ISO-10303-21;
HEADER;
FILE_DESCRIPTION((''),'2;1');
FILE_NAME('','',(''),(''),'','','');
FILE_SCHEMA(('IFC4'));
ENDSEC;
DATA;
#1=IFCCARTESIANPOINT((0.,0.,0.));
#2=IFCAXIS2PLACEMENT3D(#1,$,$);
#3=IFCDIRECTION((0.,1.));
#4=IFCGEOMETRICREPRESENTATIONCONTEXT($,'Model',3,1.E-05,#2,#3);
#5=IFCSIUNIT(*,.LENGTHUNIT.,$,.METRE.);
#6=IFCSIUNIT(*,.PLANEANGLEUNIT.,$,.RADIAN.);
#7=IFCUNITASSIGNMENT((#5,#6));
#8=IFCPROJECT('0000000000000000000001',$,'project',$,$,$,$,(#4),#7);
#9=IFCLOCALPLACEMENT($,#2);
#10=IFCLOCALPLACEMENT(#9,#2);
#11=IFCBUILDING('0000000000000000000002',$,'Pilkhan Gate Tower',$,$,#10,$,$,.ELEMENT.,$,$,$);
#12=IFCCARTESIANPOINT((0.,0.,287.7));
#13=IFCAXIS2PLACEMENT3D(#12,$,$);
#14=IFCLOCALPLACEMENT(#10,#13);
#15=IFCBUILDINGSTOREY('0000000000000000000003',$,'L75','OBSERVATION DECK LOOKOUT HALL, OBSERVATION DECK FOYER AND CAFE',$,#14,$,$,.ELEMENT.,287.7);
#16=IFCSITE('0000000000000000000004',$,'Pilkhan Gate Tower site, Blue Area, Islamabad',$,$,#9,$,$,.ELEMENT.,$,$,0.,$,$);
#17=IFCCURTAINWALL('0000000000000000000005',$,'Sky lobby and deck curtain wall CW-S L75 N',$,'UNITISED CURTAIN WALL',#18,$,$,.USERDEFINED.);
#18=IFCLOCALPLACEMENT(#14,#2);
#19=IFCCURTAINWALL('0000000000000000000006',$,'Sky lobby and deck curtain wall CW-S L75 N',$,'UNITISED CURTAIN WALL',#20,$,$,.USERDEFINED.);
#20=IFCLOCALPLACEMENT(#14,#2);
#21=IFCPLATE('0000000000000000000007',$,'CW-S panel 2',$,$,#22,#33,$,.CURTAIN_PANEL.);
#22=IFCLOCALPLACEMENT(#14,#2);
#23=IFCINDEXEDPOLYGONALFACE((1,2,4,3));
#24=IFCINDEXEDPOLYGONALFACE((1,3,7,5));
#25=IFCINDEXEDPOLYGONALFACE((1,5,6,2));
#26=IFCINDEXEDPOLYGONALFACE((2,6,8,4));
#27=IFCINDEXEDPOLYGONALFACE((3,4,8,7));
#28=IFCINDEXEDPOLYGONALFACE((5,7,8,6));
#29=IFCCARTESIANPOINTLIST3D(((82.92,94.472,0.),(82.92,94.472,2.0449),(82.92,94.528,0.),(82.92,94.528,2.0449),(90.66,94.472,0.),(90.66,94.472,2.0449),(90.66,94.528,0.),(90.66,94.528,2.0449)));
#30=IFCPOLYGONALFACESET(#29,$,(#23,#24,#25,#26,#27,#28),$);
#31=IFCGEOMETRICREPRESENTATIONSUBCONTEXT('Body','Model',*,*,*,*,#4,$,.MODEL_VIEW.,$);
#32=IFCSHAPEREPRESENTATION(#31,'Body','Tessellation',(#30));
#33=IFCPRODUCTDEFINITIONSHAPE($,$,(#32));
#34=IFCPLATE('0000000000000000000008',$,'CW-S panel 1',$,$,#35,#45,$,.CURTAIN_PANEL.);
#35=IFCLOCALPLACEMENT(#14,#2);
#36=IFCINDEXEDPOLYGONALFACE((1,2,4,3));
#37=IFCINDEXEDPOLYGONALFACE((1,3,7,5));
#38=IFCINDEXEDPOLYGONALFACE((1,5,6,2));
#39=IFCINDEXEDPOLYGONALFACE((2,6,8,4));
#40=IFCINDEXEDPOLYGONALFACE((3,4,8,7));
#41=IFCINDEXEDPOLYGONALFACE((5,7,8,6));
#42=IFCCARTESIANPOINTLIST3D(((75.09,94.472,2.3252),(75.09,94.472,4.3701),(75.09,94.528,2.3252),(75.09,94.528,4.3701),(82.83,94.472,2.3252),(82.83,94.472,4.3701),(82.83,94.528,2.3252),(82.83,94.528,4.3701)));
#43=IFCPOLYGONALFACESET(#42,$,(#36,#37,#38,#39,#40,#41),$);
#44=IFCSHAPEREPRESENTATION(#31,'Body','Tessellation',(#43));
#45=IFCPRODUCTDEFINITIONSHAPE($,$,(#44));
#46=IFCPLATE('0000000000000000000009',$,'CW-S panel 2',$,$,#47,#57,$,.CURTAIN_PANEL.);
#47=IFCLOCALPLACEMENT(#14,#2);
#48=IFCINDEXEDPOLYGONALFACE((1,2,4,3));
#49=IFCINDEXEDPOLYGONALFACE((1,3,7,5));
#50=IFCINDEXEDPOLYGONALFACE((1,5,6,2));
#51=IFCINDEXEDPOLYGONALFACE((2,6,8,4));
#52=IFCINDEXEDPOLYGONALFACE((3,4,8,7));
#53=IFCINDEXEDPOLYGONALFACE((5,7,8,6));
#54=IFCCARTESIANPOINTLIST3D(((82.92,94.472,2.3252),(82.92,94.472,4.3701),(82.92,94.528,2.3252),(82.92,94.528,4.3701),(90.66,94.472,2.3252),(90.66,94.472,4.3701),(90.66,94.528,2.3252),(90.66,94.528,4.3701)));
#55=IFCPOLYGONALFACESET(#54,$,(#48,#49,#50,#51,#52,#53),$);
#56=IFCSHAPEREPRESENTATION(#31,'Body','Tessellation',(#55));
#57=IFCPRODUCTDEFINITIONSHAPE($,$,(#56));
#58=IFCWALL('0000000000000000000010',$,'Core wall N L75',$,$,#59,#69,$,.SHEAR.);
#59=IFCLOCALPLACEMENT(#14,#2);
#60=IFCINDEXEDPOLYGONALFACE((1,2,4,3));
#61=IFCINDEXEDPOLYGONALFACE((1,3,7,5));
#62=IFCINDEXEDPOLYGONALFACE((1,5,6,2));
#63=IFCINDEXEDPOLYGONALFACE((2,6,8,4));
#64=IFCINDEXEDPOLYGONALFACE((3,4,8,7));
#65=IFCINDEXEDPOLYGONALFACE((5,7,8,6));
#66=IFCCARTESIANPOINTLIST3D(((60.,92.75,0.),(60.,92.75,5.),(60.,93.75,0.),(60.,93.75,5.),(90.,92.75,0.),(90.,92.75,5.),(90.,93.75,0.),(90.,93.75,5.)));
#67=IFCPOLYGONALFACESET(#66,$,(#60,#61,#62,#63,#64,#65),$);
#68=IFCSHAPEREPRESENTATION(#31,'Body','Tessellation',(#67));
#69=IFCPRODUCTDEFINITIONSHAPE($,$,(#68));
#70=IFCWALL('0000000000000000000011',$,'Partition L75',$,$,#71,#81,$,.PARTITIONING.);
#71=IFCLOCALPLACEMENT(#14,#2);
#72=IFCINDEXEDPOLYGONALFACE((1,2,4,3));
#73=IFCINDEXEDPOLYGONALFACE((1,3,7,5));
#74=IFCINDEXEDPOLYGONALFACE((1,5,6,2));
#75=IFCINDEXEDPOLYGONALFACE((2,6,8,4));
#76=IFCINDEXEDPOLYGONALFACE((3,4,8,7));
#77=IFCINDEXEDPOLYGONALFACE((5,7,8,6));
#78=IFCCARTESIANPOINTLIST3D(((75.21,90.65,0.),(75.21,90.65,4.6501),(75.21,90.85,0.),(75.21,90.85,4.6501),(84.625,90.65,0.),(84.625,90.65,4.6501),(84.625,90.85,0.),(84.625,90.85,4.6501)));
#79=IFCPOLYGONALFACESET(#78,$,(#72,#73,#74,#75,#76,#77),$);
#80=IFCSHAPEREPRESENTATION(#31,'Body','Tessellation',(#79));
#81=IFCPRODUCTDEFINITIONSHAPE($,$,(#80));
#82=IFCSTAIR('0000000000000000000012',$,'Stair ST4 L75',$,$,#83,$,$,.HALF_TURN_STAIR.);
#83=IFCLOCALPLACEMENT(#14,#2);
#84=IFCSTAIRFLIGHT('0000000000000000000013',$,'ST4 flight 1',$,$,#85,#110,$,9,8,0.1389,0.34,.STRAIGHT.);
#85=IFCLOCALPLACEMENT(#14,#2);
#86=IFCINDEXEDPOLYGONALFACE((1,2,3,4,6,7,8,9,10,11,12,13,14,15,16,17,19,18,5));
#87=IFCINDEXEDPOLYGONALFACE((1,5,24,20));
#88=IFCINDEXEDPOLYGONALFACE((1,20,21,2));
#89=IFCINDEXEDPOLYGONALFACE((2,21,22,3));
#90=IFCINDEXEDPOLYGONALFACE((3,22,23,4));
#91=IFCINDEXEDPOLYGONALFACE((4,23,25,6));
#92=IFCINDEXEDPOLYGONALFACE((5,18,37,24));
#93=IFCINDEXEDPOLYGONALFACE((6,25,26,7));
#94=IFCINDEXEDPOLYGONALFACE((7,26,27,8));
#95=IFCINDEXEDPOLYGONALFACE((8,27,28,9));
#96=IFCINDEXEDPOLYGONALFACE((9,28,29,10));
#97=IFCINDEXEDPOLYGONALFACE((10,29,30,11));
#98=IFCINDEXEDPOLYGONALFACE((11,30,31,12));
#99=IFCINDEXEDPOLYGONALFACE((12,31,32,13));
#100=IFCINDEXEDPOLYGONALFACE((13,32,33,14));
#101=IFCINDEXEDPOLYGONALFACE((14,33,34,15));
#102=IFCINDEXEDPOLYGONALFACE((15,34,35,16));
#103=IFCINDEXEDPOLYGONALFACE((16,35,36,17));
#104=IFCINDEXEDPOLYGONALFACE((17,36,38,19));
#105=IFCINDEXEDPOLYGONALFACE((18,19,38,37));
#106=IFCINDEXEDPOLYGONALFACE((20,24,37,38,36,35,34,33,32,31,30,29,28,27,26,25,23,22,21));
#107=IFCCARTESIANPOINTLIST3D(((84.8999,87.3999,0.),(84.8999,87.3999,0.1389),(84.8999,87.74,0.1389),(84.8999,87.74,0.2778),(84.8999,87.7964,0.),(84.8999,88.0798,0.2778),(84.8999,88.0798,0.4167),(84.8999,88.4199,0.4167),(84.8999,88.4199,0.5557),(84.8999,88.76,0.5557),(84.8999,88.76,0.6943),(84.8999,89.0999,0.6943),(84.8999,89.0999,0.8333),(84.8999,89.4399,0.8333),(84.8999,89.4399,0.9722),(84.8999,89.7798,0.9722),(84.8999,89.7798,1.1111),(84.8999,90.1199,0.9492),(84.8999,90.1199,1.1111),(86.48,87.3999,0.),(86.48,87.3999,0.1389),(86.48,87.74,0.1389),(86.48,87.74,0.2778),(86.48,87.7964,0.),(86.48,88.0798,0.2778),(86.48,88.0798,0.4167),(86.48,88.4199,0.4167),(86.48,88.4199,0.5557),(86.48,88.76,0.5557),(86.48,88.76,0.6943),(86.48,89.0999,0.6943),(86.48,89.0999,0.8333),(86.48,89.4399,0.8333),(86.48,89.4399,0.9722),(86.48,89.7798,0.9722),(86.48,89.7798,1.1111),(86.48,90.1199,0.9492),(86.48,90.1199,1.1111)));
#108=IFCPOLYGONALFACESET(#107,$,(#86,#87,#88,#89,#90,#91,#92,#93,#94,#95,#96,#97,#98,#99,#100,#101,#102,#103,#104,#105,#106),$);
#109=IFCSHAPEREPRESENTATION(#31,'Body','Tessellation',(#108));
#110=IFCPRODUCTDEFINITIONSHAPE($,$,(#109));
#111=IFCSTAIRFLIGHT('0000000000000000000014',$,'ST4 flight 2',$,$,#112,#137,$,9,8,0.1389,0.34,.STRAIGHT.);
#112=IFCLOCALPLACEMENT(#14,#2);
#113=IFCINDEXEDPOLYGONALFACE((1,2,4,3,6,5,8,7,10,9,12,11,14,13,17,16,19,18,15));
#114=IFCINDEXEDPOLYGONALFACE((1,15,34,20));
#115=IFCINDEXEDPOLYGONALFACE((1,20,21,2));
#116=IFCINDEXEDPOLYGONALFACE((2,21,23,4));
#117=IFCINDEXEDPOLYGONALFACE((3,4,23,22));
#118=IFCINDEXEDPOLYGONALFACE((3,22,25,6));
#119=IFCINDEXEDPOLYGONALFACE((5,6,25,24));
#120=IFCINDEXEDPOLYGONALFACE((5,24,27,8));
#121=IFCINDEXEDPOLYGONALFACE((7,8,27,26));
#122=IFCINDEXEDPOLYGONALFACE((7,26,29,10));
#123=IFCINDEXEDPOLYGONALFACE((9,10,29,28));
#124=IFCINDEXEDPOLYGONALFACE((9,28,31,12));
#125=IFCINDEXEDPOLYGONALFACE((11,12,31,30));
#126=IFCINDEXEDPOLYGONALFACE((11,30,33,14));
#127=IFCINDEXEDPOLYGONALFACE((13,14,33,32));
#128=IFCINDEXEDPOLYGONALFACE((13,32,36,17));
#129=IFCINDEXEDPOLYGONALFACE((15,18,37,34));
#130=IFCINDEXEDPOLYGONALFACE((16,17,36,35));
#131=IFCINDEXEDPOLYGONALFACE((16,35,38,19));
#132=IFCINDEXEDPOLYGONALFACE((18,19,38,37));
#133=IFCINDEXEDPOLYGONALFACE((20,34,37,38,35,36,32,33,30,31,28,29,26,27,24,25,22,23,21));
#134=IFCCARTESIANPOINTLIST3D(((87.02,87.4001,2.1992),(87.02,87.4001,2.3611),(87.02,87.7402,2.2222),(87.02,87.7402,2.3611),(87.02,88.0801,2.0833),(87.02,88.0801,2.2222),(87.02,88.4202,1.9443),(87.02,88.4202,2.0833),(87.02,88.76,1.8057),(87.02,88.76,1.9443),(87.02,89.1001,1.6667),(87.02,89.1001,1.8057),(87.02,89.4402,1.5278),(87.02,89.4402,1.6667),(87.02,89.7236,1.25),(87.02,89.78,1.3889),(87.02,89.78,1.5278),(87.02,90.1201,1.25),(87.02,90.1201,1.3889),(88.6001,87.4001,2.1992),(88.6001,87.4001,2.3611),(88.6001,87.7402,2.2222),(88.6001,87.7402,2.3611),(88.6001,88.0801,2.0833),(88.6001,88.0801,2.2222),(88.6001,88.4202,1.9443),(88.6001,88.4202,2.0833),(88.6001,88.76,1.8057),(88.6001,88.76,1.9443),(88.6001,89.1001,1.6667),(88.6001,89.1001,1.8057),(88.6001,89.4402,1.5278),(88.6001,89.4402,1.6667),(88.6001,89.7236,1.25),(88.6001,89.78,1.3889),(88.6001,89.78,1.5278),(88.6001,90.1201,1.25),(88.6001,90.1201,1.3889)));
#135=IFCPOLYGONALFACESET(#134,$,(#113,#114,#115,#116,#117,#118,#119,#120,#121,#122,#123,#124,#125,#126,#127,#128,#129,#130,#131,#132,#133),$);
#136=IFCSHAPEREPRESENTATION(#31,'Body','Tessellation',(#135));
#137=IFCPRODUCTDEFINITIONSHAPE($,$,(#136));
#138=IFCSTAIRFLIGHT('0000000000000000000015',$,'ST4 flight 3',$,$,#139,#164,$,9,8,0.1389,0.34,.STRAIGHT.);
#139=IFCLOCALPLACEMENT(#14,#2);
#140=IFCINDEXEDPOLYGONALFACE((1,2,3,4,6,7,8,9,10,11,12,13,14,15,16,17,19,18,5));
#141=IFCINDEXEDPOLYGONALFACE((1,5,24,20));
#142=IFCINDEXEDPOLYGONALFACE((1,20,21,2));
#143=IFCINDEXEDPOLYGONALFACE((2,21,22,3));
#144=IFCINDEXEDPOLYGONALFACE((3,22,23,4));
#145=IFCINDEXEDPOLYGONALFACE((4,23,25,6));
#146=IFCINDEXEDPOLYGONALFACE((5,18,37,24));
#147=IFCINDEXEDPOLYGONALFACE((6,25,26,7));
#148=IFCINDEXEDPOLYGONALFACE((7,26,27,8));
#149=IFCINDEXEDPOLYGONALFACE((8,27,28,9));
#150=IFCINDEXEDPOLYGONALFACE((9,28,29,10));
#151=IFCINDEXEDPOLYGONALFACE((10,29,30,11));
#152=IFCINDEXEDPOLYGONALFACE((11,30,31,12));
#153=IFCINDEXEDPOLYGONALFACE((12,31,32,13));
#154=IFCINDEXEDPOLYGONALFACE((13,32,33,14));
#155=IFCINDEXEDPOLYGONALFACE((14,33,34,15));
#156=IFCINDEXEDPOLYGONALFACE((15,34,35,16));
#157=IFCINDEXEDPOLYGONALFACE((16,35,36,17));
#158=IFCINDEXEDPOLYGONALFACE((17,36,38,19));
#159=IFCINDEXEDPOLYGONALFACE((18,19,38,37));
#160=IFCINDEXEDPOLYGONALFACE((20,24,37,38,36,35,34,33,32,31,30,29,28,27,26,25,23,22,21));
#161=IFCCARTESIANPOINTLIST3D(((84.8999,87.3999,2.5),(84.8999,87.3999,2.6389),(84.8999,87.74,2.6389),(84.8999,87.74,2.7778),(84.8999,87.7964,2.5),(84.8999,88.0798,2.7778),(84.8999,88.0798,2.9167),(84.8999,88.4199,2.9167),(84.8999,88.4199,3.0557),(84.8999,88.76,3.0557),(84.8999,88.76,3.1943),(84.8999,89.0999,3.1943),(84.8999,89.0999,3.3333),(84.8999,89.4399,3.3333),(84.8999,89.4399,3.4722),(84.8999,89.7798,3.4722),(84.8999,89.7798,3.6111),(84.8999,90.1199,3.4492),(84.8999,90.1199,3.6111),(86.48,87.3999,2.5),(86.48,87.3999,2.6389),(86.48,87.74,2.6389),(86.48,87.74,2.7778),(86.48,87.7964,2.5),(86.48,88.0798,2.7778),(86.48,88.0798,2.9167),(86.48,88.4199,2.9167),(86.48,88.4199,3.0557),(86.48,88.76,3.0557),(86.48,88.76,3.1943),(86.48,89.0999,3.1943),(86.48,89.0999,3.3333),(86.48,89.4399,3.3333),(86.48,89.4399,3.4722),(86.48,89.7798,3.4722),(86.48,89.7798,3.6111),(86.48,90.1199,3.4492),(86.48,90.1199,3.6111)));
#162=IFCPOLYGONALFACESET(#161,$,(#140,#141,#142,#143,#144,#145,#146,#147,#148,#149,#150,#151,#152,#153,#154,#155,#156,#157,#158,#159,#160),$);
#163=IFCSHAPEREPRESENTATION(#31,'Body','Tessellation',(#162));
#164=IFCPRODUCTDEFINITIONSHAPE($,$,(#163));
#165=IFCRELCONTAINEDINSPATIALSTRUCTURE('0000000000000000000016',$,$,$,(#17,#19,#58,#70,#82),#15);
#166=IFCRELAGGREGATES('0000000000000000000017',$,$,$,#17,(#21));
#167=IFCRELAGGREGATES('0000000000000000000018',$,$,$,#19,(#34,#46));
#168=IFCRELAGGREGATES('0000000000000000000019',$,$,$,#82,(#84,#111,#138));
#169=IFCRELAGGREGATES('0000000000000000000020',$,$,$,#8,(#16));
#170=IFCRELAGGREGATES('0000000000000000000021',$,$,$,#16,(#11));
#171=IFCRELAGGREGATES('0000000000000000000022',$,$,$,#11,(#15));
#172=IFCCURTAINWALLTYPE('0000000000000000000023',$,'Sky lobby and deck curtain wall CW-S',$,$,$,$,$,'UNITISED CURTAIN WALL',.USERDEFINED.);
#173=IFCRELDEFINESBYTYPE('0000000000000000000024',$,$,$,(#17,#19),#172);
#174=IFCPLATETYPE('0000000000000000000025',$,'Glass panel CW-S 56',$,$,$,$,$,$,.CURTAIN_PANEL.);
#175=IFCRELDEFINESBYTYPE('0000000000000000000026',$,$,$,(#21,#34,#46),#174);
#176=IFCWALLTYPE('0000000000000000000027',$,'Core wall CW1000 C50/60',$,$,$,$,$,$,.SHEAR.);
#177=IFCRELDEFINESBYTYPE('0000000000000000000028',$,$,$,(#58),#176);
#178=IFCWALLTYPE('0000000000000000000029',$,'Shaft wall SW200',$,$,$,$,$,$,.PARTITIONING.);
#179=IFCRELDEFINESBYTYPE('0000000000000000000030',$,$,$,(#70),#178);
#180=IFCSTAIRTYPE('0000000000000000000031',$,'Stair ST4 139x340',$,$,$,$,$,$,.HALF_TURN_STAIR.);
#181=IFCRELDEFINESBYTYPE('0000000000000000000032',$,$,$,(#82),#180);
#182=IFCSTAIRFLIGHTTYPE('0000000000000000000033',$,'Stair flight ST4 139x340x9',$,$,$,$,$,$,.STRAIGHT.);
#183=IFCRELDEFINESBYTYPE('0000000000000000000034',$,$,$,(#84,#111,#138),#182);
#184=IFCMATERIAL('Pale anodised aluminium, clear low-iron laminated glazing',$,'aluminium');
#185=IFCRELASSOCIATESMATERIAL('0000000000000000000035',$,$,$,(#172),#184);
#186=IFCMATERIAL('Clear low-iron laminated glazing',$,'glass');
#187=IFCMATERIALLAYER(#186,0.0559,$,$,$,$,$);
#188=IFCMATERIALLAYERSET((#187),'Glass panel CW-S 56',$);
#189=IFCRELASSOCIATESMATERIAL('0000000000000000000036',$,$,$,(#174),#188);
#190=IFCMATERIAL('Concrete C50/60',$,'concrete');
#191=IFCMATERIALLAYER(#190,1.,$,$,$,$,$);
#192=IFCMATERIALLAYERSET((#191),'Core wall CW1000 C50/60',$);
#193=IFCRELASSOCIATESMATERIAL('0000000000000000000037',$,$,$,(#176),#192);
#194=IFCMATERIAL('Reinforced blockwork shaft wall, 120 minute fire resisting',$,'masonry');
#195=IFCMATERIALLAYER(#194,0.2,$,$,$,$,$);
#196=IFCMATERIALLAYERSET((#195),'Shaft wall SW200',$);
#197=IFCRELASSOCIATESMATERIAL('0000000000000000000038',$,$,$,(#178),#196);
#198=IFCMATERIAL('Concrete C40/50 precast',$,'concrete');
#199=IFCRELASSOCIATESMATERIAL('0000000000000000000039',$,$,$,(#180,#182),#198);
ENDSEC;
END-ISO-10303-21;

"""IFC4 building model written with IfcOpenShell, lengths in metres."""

from ifc_helpers import new_model, si_unit, direction, frame, frame_2d, origin, origin_2d, place, context, subcontext, project, spatial, polyline, rectangle, outline, extrude, material, layer, layer_set, type_object, element, aggregate, save


model = new_model("IFC4")

# Units and contexts
model_context = context("Model", 3, precision=1e-05, world=origin(), true_north=direction((0.0, 1.0)))
body_context = subcontext(model_context, "Body", "Model", "MODEL_VIEW")
ifc_project = project(units=[si_unit("LENGTHUNIT", "METRE"), si_unit("PLANEANGLEUNIT", "RADIAN")], contexts=[model_context])

# Site, building, storey
site_placement = place(None, origin())
site = spatial("IfcSite", under=ifc_project, at=site_placement, Name="Pilkhan Gate Tower site, Blue Area, Islamabad", CompositionType="ELEMENT", RefElevation=0.0)
building_placement = place(site_placement, origin())
building = spatial("IfcBuilding", under=site, at=building_placement, Name="Pilkhan Gate Tower", CompositionType="ELEMENT")
storey_placement = place(building_placement, frame((0.0, 0.0, 287.7)))
storey = spatial("IfcBuildingStorey", under=building, at=storey_placement, Name="L75", Description="OBSERVATION DECK LOOKOUT HALL, OBSERVATION DECK FOYER AND CAFE", CompositionType="ELEMENT", Elevation=287.7)

# Shared definitions
ifc_material_1 = material(Name="Pale anodised aluminium, clear low-iron laminated glazing", Category="aluminium")
curtain_wall_type = type_object("IfcCurtainWallType", Name="Sky lobby and deck curtain wall CW-S", ElementType="UNITISED CURTAIN WALL", PredefinedType="USERDEFINED", material=ifc_material_1)

# Curtain walls
curtain_wall_1_placement = place(storey_placement, origin())
curtain_wall_1 = element("IfcCurtainWall", 1, at=curtain_wall_1_placement, inside=storey, type_object=curtain_wall_type, Name="Sky lobby and deck curtain wall CW-S L75 N", ObjectType="UNITISED CURTAIN WALL", PredefinedType="USERDEFINED")
curtain_wall_2_placement = place(storey_placement, origin())
curtain_wall_2 = element("IfcCurtainWall", 2, at=curtain_wall_2_placement, inside=storey, type_object=curtain_wall_type, Name="Sky lobby and deck curtain wall CW-S L75 N", ObjectType="UNITISED CURTAIN WALL", PredefinedType="USERDEFINED")

# Plates
ifc_material_2 = material(Name="Clear low-iron laminated glazing", Category="glass")
ifc_layer_1 = layer(ifc_material_2, 0.0559)
ifc_layer_set_1 = layer_set([ifc_layer_1], Name="Glass panel CW-S 56")
plate_type = type_object("IfcPlateType", Name="Glass panel CW-S 56", PredefinedType="CURTAIN_PANEL", material=ifc_layer_set_1)
plate_1_placement = place(storey_placement, frame((86.79, 94.5, 0.0), z_axis=(0.0, 0.0, 1.0), x_axis=(1.0, 0.0, 0.0)))
plate_1 = element("IfcPlate", 3, at=plate_1_placement, type_object=plate_type, Name="CW-S panel 2", PredefinedType="CURTAIN_PANEL", context=body_context, shape_type="SweptSolid", body=[
    extrude(rectangle(XDim=7.74, YDim=0.0559, at=origin_2d()), origin(), (0.0, 0.0, 1.0), 2.0449),
])
aggregate(curtain_wall_1, [plate_1])
plate_2_placement = place(storey_placement, frame((78.96, 94.5, 2.3252), z_axis=(0.0, 0.0, 1.0), x_axis=(1.0, 0.0, 0.0)))
plate_2 = element("IfcPlate", 4, at=plate_2_placement, type_object=plate_type, Name="CW-S panel 1", PredefinedType="CURTAIN_PANEL", context=body_context, shape_type="SweptSolid", body=[
    extrude(rectangle(XDim=7.74, YDim=0.0559, at=origin_2d()), origin(), (0.0, 0.0, 1.0), 2.0449),
])
plate_3_placement = place(storey_placement, frame((86.79, 94.5, 2.3252), z_axis=(0.0, 0.0, 1.0), x_axis=(1.0, 0.0, 0.0)))
plate_3 = element("IfcPlate", 5, at=plate_3_placement, type_object=plate_type, Name="CW-S panel 2", PredefinedType="CURTAIN_PANEL", context=body_context, shape_type="SweptSolid", body=[
    extrude(rectangle(XDim=7.74, YDim=0.0559, at=origin_2d()), origin(), (0.0, 0.0, 1.0), 2.0449),
])
aggregate(curtain_wall_2, [plate_2, plate_3])

# Walls
ifc_material_3 = material(Name="Concrete C50/60", Category="concrete")
ifc_layer_2 = layer(ifc_material_3, 1.0)
ifc_layer_set_2 = layer_set([ifc_layer_2], Name="Core wall CW1000 C50/60")
wall_type_1 = type_object("IfcWallType", Name="Core wall CW1000 C50/60", PredefinedType="SHEAR", material=ifc_layer_set_2)
wall_1_placement = place(storey_placement, frame((90.0, 93.25, 0.0), z_axis=(0.0, 0.0, 1.0), x_axis=(-1.0, 0.0, 0.0)))
element("IfcWall", 6, at=wall_1_placement, inside=storey, type_object=wall_type_1, Name="Core wall N L75", PredefinedType="SHEAR", context=body_context, shape_type="SweptSolid", body=[
    extrude(rectangle(XDim=30.0, YDim=1.0, at=frame_2d((15.0, 0.0))), origin(), (0.0, 0.0, 1.0), 5.0),
])
ifc_material_4 = material(Name="Reinforced blockwork shaft wall, 120 minute fire resisting", Category="masonry")
ifc_layer_3 = layer(ifc_material_4, 0.2)
ifc_layer_set_3 = layer_set([ifc_layer_3], Name="Shaft wall SW200")
wall_type_2 = type_object("IfcWallType", Name="Shaft wall SW200", PredefinedType="PARTITIONING", material=ifc_layer_set_3)
wall_2_placement = place(storey_placement, frame((75.21, 90.75, 0.0), z_axis=(0.0, 0.0, 1.0), x_axis=(1.0, 0.0, 0.0)))
element("IfcWall", 7, at=wall_2_placement, inside=storey, type_object=wall_type_2, Name="Partition L75", PredefinedType="PARTITIONING", context=body_context, shape_type="SweptSolid", body=[
    extrude(rectangle(XDim=9.415, YDim=0.2, at=frame_2d((4.7075, 0.0))), origin(), (0.0, 0.0, 1.0), 4.6501),
])

# Stair, stair flights
ifc_material_5 = material(Name="Concrete C40/50 precast", Category="concrete")
stair_type = type_object("IfcStairType", Name="Stair ST4 139x340", PredefinedType="HALF_TURN_STAIR", material=ifc_material_5)
stair_placement = place(storey_placement, origin())
stair = element("IfcStair", 8, at=stair_placement, inside=storey, type_object=stair_type, Name="Stair ST4 L75", PredefinedType="HALF_TURN_STAIR")
stair_flight_type = type_object("IfcStairFlightType", Name="Stair flight ST4 139x340x9", PredefinedType="STRAIGHT", material=ifc_material_5)
stair_flight_1_placement = place(storey_placement, frame((85.6899, 87.3999, 0.0), z_axis=(0.0, 0.0, 1.0), x_axis=(0.0, 1.0, 0.0)))
stair_flight_1 = element("IfcStairFlight", 9, at=stair_flight_1_placement, type_object=stair_flight_type, Name="ST4 flight 1", NumberOfRisers=9, NumberOfTreads=8, PredefinedType="STRAIGHT", RiserHeight=0.1389, TreadLength=0.34, context=body_context, shape_type="SweptSolid", body=[
    extrude(outline(polyline([(0.0, 0.0), (0.0, 0.1389), (0.3401, 0.1389), (0.3401, 0.2778), (0.6799, 0.2778), (0.6799, 0.4167), (1.02, 0.4167), (1.02, 0.5557), (1.3601, 0.5557), (1.3601, 0.6943), (1.7, 0.6943), (1.7, 0.8333), (2.04, 0.8333), (2.04, 0.9722), (2.3799, 0.9722), (2.3799, 1.1111), (2.72, 1.1111), (2.72, 1.25), (2.72, 0.9492), (0.3965, 0.0), (0.0, 0.0)])), frame((0.0, 0.79, 0.0), z_axis=(0.0, -1.0, 0.0), x_axis=(1.0, 0.0, 0.0)), (0.0, 0.0, 1.0), 1.5801),
])
stair_flight_2_placement = place(storey_placement, frame((87.8101, 90.1201, 1.25), z_axis=(0.0, 0.0, 1.0), x_axis=(0.0, -1.0, 0.0)))
stair_flight_2 = element("IfcStairFlight", 10, at=stair_flight_2_placement, type_object=stair_flight_type, Name="ST4 flight 2", NumberOfRisers=9, NumberOfTreads=8, PredefinedType="STRAIGHT", RiserHeight=0.1389, TreadLength=0.34, context=body_context, shape_type="SweptSolid", body=[
    extrude(outline(polyline([(0.0, 0.0), (0.0, 0.1389), (0.3401, 0.1389), (0.3401, 0.2778), (0.6799, 0.2778), (0.6799, 0.4167), (1.02, 0.4167), (1.02, 0.5557), (1.3601, 0.5557), (1.3601, 0.6943), (1.7, 0.6943), (1.7, 0.8333), (2.04, 0.8333), (2.04, 0.9722), (2.3799, 0.9722), (2.3799, 1.1111), (2.72, 1.1111), (2.72, 1.25), (2.72, 0.9492), (0.3965, 0.0), (0.0, 0.0)])), frame((0.0, 0.79, 0.0), z_axis=(0.0, -1.0, 0.0), x_axis=(1.0, 0.0, 0.0)), (0.0, 0.0, 1.0), 1.5801),
])
stair_flight_3_placement = place(storey_placement, frame((85.6899, 87.3999, 2.5), z_axis=(0.0, 0.0, 1.0), x_axis=(0.0, 1.0, 0.0)))
stair_flight_3 = element("IfcStairFlight", 11, at=stair_flight_3_placement, type_object=stair_flight_type, Name="ST4 flight 3", NumberOfRisers=9, NumberOfTreads=8, PredefinedType="STRAIGHT", RiserHeight=0.1389, TreadLength=0.34, context=body_context, shape_type="SweptSolid", body=[
    extrude(outline(polyline([(0.0, 0.0), (0.0, 0.1389), (0.3401, 0.1389), (0.3401, 0.2778), (0.6799, 0.2778), (0.6799, 0.4167), (1.02, 0.4167), (1.02, 0.5557), (1.3601, 0.5557), (1.3601, 0.6943), (1.7, 0.6943), (1.7, 0.8333), (2.04, 0.8333), (2.04, 0.9722), (2.3799, 0.9722), (2.3799, 1.1111), (2.72, 1.1111), (2.72, 1.25), (2.72, 0.9492), (0.3965, 0.0), (0.0, 0.0)])), frame((0.0, 0.79, 0.0), z_axis=(0.0, -1.0, 0.0), x_axis=(1.0, 0.0, 0.0)), (0.0, 0.0, 1.0), 1.5801),
])
aggregate(stair, [stair_flight_1, stair_flight_2, stair_flight_3])

save(model, "model.ifc")
